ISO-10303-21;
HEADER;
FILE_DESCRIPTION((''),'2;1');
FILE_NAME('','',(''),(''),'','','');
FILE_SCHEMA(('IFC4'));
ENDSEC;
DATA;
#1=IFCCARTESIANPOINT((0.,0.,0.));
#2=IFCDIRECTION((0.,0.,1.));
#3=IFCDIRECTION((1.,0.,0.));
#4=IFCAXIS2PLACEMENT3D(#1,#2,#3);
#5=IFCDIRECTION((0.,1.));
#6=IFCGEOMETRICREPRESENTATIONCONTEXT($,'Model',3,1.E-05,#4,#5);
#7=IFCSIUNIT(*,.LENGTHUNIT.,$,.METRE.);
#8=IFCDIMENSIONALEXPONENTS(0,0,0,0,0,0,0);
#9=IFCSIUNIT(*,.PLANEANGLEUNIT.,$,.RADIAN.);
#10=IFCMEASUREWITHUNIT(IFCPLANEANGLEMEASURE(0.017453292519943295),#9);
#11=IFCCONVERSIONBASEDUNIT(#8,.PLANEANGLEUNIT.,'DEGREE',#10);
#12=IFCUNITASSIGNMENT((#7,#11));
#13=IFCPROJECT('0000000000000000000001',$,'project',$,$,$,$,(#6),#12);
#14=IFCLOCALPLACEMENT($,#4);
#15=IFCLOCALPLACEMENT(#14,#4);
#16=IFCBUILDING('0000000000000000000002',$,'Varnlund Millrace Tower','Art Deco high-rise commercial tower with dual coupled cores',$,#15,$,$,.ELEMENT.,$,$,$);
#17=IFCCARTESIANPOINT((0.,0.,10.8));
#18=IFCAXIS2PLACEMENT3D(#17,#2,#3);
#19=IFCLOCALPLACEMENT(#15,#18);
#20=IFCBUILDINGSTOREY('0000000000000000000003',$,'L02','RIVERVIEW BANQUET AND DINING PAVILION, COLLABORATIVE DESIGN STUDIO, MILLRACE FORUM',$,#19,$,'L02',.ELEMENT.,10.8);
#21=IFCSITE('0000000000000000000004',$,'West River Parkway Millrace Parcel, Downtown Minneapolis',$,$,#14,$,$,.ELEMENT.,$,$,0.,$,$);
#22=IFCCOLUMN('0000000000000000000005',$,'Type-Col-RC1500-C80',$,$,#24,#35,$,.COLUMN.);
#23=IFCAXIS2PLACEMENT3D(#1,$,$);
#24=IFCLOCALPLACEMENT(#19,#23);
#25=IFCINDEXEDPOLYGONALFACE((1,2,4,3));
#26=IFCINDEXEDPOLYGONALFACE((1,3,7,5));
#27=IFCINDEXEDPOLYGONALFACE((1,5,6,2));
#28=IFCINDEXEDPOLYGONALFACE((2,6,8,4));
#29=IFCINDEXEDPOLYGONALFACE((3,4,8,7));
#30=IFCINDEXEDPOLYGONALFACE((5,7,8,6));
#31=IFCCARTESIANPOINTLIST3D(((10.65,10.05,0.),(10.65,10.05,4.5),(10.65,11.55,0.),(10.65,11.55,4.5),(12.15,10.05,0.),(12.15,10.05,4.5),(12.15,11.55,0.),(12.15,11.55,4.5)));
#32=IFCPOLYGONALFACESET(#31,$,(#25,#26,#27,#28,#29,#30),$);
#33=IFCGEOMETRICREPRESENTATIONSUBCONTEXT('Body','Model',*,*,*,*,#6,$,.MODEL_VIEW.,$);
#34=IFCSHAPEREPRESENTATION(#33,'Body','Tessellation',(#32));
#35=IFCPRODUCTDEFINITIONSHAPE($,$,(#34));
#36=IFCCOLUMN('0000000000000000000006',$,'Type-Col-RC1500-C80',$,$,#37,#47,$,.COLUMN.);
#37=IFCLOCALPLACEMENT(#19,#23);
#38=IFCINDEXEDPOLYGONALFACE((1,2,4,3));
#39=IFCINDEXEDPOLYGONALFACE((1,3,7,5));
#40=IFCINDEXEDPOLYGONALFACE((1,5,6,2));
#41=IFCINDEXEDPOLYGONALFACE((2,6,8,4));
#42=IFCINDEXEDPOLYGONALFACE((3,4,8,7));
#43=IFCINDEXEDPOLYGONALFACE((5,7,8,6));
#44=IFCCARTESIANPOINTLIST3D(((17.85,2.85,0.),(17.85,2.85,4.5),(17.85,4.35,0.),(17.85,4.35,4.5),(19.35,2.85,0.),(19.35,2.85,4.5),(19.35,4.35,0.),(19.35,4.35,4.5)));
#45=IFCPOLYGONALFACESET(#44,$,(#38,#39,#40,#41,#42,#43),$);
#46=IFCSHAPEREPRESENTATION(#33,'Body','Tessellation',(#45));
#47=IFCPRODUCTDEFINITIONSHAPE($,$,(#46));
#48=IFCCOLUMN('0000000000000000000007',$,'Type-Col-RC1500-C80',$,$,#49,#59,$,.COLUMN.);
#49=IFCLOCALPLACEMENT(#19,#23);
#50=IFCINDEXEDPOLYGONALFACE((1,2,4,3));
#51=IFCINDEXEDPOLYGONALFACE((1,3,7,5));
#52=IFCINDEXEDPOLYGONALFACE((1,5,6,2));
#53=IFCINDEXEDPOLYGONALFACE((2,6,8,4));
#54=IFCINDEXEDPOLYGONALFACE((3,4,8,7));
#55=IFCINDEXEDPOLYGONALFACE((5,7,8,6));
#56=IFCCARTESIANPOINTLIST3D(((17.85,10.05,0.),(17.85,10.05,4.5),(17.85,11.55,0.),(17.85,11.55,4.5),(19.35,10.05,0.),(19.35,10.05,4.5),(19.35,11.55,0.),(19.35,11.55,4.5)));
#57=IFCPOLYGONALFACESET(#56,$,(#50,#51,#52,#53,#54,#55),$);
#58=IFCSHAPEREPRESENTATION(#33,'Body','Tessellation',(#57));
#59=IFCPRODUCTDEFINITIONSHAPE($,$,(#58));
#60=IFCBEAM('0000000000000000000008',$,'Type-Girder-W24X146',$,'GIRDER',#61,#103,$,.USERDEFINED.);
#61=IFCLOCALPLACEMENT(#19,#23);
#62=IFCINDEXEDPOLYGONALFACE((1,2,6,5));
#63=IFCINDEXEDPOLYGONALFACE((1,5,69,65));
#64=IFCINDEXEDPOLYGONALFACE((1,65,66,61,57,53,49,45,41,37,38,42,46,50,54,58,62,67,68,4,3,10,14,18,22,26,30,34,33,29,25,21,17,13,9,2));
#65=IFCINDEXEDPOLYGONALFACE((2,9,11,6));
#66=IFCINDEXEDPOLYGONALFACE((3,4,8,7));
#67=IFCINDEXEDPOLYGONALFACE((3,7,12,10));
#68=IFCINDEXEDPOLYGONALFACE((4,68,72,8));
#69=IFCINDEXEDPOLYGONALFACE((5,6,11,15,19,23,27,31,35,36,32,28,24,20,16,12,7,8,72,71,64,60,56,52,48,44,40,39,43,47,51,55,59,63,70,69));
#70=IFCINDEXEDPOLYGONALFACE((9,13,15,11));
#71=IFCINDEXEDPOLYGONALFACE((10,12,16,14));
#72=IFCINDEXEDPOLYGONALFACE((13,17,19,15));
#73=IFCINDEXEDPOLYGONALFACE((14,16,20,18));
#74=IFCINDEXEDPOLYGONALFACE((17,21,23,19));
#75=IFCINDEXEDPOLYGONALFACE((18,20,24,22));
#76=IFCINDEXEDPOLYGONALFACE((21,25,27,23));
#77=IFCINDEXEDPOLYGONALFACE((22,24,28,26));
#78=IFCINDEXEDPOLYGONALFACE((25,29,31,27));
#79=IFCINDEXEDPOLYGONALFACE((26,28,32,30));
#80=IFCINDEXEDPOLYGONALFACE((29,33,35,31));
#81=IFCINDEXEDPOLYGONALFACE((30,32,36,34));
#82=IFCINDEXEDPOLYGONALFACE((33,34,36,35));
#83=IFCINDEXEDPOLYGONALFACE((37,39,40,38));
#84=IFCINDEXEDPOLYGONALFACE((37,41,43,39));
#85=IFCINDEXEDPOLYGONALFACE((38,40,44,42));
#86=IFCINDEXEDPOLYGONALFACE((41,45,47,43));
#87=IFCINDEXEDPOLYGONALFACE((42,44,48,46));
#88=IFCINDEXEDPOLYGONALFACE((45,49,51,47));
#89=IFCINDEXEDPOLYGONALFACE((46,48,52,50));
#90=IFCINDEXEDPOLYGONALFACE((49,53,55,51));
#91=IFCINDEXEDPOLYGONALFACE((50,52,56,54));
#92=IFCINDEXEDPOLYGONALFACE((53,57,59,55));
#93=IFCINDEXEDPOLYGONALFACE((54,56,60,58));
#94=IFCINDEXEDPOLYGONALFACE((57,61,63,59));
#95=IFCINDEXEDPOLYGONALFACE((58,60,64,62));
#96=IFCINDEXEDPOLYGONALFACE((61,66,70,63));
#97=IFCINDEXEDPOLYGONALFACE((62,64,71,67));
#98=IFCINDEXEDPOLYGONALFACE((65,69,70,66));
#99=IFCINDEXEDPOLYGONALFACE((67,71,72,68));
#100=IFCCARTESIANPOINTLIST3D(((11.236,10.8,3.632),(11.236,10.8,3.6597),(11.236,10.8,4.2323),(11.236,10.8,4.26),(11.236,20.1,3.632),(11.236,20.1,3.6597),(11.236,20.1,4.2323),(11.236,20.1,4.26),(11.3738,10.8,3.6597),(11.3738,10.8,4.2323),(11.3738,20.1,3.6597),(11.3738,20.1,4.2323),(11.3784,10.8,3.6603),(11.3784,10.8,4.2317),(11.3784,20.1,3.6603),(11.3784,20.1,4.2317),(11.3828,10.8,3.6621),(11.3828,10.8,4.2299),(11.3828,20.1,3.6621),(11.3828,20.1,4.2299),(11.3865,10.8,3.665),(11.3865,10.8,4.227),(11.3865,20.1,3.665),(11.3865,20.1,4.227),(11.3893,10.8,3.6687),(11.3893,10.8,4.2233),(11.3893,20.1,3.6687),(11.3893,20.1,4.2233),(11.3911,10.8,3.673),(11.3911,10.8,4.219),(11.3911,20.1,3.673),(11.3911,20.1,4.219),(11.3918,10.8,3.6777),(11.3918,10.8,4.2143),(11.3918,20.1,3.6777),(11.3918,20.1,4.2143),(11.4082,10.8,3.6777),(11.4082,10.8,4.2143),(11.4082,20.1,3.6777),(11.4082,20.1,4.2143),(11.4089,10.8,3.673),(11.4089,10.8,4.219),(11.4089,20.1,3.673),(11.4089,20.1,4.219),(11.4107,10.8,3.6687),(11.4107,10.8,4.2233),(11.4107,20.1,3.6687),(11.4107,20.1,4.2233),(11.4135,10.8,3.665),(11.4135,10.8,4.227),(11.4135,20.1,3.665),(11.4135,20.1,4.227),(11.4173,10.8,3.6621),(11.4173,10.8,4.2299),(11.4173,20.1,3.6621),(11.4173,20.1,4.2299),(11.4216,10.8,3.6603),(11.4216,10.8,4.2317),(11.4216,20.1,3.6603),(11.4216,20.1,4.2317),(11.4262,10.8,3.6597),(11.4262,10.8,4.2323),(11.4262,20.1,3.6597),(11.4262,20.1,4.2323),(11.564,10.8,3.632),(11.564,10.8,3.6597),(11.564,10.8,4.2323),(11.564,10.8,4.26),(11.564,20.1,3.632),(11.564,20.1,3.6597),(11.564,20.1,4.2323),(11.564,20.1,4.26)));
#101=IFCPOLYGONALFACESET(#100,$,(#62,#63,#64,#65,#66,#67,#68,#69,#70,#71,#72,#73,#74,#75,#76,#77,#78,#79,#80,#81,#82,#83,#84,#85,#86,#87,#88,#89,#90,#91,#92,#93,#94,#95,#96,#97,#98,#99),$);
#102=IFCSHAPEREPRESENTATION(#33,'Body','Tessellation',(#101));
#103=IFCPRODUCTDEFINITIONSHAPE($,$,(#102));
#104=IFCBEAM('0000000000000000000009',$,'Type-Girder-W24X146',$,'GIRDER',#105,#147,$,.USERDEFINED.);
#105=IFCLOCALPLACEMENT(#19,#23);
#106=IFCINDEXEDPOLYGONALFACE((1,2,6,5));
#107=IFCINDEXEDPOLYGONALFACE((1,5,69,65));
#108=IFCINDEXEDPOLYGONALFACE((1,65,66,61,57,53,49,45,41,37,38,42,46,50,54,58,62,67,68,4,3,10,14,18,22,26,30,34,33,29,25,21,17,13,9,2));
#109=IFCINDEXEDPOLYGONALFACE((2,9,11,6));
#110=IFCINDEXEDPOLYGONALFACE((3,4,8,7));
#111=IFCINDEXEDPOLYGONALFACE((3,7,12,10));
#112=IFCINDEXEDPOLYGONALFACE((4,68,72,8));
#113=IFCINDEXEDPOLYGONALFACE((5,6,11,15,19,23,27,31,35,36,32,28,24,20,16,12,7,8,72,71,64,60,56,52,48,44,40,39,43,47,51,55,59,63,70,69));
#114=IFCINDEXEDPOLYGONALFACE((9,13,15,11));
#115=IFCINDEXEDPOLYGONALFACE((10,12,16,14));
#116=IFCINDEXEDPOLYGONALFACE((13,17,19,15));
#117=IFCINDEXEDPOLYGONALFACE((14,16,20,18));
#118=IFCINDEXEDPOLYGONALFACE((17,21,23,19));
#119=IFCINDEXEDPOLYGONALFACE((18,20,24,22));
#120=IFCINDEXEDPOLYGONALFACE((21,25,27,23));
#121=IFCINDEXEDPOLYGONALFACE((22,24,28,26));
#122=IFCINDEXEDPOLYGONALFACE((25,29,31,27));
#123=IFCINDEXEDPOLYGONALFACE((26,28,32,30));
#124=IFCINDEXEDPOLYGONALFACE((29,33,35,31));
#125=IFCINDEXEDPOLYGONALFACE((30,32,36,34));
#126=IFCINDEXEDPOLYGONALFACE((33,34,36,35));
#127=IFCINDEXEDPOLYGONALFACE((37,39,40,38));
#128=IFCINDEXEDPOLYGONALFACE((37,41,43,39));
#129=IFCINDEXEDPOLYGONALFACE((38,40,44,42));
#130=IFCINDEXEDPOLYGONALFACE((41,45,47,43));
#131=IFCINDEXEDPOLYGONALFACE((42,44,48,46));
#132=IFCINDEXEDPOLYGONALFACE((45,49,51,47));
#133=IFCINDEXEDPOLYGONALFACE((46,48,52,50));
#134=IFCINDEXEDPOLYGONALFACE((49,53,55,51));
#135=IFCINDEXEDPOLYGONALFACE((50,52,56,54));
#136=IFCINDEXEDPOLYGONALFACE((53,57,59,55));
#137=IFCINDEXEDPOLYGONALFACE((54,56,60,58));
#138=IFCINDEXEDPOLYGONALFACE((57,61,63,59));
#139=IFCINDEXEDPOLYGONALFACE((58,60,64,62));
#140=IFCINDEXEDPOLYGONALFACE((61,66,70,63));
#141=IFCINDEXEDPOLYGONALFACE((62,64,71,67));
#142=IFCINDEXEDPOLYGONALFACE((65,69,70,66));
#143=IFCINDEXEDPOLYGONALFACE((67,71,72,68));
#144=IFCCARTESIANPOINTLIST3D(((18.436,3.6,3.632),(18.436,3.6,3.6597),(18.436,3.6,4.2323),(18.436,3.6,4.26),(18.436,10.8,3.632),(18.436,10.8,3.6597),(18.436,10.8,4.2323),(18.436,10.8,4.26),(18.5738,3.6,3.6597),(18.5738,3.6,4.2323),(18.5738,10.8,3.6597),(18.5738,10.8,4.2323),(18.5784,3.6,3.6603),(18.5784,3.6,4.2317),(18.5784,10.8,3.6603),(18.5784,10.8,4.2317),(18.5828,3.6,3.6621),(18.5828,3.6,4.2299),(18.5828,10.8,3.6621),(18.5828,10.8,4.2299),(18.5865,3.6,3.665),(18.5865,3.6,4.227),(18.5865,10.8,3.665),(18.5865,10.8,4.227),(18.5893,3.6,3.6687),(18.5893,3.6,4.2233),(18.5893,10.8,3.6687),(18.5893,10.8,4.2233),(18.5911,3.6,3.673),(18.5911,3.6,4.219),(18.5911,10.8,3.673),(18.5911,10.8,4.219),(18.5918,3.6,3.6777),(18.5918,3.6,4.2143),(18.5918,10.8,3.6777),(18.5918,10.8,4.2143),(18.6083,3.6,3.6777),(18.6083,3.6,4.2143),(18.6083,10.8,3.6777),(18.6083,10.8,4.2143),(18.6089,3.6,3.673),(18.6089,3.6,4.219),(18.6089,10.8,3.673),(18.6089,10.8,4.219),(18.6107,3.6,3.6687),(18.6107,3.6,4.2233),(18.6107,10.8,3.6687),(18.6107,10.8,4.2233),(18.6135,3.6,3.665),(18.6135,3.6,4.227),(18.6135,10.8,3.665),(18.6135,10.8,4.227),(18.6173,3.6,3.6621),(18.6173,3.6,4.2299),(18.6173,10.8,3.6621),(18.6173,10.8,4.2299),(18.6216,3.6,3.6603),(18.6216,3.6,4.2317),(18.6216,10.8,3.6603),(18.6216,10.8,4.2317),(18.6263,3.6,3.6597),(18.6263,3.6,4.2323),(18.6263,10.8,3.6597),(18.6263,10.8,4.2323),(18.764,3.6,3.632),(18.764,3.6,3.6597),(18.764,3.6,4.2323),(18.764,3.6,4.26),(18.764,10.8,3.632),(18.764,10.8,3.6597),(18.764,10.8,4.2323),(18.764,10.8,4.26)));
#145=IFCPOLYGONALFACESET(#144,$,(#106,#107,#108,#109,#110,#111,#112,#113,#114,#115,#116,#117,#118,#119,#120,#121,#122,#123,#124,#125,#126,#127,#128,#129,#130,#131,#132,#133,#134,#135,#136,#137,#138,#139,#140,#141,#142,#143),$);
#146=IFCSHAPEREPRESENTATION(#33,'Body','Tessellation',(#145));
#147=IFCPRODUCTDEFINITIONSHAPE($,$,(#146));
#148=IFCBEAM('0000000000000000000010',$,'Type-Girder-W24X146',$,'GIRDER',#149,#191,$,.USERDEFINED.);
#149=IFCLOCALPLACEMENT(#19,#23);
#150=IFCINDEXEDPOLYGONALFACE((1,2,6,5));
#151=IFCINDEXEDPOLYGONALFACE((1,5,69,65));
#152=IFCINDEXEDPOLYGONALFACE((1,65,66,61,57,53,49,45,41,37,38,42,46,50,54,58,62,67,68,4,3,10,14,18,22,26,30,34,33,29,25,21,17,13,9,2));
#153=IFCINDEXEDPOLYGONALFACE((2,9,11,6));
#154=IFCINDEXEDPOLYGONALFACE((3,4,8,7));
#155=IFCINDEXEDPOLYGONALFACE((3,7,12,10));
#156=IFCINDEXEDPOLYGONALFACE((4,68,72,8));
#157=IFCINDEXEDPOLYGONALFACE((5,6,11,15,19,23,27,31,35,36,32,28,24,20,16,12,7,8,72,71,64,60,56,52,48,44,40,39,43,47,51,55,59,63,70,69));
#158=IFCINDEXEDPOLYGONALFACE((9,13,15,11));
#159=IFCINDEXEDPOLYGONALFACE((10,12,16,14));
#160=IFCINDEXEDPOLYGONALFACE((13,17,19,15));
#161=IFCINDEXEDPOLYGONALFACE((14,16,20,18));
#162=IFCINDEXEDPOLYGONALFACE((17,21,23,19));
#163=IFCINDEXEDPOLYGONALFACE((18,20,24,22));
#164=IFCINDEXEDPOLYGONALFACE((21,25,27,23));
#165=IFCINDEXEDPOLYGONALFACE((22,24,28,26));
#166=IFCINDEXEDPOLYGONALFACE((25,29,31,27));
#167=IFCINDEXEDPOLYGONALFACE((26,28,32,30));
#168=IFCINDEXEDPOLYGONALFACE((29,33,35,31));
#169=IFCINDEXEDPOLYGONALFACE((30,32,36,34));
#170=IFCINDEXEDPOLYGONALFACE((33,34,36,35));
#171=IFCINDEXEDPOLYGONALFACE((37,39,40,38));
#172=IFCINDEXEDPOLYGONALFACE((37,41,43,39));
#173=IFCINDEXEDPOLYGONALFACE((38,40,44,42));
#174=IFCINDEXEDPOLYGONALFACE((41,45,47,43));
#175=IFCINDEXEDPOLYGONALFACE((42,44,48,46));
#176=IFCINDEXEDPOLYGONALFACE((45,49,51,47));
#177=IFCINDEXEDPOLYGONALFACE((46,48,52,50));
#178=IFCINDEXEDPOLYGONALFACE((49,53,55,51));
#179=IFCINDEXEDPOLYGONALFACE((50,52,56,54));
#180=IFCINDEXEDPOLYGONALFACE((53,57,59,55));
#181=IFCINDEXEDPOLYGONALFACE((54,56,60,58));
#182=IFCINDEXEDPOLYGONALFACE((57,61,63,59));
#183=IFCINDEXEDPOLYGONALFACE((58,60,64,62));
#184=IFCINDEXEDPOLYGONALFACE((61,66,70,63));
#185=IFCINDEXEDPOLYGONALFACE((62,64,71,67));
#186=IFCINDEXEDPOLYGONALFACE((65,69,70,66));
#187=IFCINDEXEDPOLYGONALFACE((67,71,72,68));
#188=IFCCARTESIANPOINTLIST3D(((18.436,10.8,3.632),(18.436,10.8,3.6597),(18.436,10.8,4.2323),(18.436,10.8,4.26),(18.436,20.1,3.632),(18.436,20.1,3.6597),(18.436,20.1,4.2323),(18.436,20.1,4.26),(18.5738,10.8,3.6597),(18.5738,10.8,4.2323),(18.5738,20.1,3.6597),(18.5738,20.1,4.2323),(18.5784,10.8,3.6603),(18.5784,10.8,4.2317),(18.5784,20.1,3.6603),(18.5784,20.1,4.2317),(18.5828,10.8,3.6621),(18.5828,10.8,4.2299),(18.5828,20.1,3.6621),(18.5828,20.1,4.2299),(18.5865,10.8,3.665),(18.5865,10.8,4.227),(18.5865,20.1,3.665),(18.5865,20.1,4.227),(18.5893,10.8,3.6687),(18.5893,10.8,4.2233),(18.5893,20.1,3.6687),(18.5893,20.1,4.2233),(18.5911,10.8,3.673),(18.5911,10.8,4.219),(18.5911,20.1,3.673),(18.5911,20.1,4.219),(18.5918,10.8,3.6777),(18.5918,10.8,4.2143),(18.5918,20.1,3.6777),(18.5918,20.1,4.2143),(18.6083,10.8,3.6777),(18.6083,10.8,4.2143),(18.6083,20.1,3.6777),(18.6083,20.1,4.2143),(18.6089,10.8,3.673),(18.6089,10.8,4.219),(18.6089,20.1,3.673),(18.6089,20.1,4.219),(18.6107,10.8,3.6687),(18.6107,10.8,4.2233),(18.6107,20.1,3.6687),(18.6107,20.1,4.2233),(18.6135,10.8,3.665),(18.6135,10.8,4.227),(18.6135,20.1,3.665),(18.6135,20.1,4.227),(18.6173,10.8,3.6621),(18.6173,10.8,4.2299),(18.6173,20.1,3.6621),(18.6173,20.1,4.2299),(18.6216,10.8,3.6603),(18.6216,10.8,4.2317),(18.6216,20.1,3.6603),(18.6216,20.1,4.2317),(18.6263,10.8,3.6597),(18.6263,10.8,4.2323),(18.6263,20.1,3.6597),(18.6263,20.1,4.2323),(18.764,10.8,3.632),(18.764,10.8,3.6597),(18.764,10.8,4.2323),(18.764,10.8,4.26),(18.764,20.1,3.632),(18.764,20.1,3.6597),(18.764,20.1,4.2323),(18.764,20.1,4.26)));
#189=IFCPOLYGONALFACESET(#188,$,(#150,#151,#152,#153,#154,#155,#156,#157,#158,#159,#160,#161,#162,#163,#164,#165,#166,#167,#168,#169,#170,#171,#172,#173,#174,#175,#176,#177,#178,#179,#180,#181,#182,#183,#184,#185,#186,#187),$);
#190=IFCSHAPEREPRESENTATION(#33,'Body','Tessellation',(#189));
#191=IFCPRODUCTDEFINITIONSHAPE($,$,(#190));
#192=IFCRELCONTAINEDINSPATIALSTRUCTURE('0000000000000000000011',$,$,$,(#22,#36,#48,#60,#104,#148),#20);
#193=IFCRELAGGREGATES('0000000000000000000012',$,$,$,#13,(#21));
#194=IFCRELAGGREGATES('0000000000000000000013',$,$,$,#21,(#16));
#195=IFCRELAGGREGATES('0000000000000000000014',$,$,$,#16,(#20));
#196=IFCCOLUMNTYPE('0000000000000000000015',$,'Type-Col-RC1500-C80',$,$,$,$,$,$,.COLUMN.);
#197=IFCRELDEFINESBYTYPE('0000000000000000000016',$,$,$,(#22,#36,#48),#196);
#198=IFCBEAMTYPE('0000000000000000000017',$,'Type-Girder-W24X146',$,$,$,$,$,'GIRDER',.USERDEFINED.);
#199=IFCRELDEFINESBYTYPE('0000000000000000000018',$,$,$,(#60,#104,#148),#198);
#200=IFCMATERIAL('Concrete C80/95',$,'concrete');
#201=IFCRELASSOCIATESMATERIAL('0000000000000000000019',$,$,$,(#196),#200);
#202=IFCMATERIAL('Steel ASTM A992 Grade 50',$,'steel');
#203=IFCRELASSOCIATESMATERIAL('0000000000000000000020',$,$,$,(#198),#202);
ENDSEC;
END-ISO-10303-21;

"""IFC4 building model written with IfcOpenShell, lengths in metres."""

from ifc_helpers import new_model, entity, si_unit, converted_unit, direction, frame, origin_with_axes, origin_2d_with_axis, place, context, subcontext, project, spatial, rectangle, i_section, extrude, material, material_profile, profile_set, type_object, element, save


model = new_model("IFC4")

# Units and contexts
model_context = context("Model", 3, precision=1e-05, world=origin_with_axes(), true_north=direction((0.0, 1.0)))
body_context = subcontext(model_context, "Body", "Model", "MODEL_VIEW")
ifc_project = project(units=[si_unit("LENGTHUNIT", "METRE"), converted_unit("PLANEANGLEUNIT", "DEGREE", entity("IfcPlaneAngleMeasure", 0.017453292519943295), si_unit("PLANEANGLEUNIT", "RADIAN"), dimensions=[0, 0, 0, 0, 0, 0, 0])], contexts=[model_context])

# Site, building, storey
site_placement = place(None, origin_with_axes())
site = spatial("IfcSite", under=ifc_project, at=site_placement, Name="West River Parkway Millrace Parcel, Downtown Minneapolis", CompositionType="ELEMENT", RefElevation=0.0)
building_placement = place(site_placement, origin_with_axes())
building = spatial("IfcBuilding", under=site, at=building_placement, Name="Varnlund Millrace Tower", Description="Art Deco high-rise commercial tower with dual coupled cores", CompositionType="ELEMENT")
storey_placement = place(building_placement, frame((0.0, 0.0, 10.8), z_axis=(0.0, 0.0, 1.0), x_axis=(1.0, 0.0, 0.0)))
storey = spatial("IfcBuildingStorey", under=building, at=storey_placement, Name="L02", Description="RIVERVIEW BANQUET AND DINING PAVILION, COLLABORATIVE DESIGN STUDIO, MILLRACE FORUM", LongName="L02", CompositionType="ELEMENT", Elevation=10.8)

# Columns
ifc_material_1 = material(Name="Concrete C80/95", Category="concrete")
ifc_material_profile_1 = material_profile(ifc_material_1, rectangle(XDim=1.5, YDim=1.5, at=origin_2d_with_axis()), Name="Concrete C80/95")
ifc_profile_set_1 = profile_set([ifc_material_profile_1], Name="Concrete C80/95")
column_type = type_object("IfcColumnType", Name="Type-Col-RC1500-C80", PredefinedType="COLUMN", material=ifc_profile_set_1)
for number, where, z_axis, x_axis, name in (
    (1, (11.4, 10.8, 0.0), (0.0, 0.0, 1.0), (1.0, 0.0, 0.0), "Type-Col-RC1500-C80"),
    (2, (18.6, 3.6, 0.0), (0.0, 0.0, 1.0), (1.0, 0.0, 0.0), "Type-Col-RC1500-C80"),
    (3, (18.6, 10.8, 0.0), (0.0, 0.0, 1.0), (1.0, 0.0, 0.0), "Type-Col-RC1500-C80"),
):
    element("IfcColumn", number, at=place(storey_placement, frame(where, z_axis=z_axis, x_axis=x_axis)), inside=storey, type_object=column_type, Name=name, PredefinedType="COLUMN", context=body_context, shape_type="SweptSolid", body=[
        extrude(rectangle(XDim=1.5, YDim=1.5, at=origin_2d_with_axis()), origin_with_axes(), (0.0, 0.0, 1.0), 4.5),
    ])

# Beams
ifc_material_2 = material(Name="Steel ASTM A992 Grade 50", Category="steel")
ifc_material_profile_2 = material_profile(ifc_material_2, i_section(OverallWidth=0.328, OverallDepth=0.628, WebThickness=0.0165, FlangeThickness=0.0277, FilletRadius=0.018, at=origin_2d_with_axis()), Name="Steel ASTM A992 Grade 50")
ifc_profile_set_2 = profile_set([ifc_material_profile_2], Name="Steel ASTM A992 Grade 50")
beam_type_1 = type_object("IfcBeamType", Name="Type-Girder-W24X146", ElementType="GIRDER", PredefinedType="USERDEFINED", material=ifc_profile_set_2)
beam_1_placement = place(storey_placement, frame((11.4, 10.8, 3.946), z_axis=(0.0, 1.0, 0.0), x_axis=(-1.0, 0.0, 0.0)))
element("IfcBeam", 4, at=beam_1_placement, inside=storey, type_object=beam_type_1, Name="Type-Girder-W24X146", ObjectType="GIRDER", PredefinedType="USERDEFINED", context=body_context, shape_type="SweptSolid", body=[
    extrude(i_section(OverallWidth=0.328, OverallDepth=0.628, WebThickness=0.0165, FlangeThickness=0.0277, FilletRadius=0.018, at=origin_2d_with_axis()), origin_with_axes(), (0.0, 0.0, 1.0), 9.3),
])
beam_2_placement = place(storey_placement, frame((18.6, 3.6, 3.946), z_axis=(0.0, 1.0, 0.0), x_axis=(-1.0, 0.0, 0.0)))
element("IfcBeam", 5, at=beam_2_placement, inside=storey, type_object=beam_type_1, Name="Type-Girder-W24X146", ObjectType="GIRDER", PredefinedType="USERDEFINED", context=body_context, shape_type="SweptSolid", body=[
    extrude(i_section(OverallWidth=0.328, OverallDepth=0.628, WebThickness=0.0165, FlangeThickness=0.0277, FilletRadius=0.018, at=origin_2d_with_axis()), origin_with_axes(), (0.0, 0.0, 1.0), 7.2),
])
beam_3_placement = place(storey_placement, frame((18.6, 10.8, 3.946), z_axis=(0.0, 1.0, 0.0), x_axis=(-1.0, 0.0, 0.0)))
element("IfcBeam", 6, at=beam_3_placement, inside=storey, type_object=beam_type_1, Name="Type-Girder-W24X146", ObjectType="GIRDER", PredefinedType="USERDEFINED", context=body_context, shape_type="SweptSolid", body=[
    extrude(i_section(OverallWidth=0.328, OverallDepth=0.628, WebThickness=0.0165, FlangeThickness=0.0277, FilletRadius=0.018, at=origin_2d_with_axis()), origin_with_axes(), (0.0, 0.0, 1.0), 9.3),
])

save(model, "model.ifc")
